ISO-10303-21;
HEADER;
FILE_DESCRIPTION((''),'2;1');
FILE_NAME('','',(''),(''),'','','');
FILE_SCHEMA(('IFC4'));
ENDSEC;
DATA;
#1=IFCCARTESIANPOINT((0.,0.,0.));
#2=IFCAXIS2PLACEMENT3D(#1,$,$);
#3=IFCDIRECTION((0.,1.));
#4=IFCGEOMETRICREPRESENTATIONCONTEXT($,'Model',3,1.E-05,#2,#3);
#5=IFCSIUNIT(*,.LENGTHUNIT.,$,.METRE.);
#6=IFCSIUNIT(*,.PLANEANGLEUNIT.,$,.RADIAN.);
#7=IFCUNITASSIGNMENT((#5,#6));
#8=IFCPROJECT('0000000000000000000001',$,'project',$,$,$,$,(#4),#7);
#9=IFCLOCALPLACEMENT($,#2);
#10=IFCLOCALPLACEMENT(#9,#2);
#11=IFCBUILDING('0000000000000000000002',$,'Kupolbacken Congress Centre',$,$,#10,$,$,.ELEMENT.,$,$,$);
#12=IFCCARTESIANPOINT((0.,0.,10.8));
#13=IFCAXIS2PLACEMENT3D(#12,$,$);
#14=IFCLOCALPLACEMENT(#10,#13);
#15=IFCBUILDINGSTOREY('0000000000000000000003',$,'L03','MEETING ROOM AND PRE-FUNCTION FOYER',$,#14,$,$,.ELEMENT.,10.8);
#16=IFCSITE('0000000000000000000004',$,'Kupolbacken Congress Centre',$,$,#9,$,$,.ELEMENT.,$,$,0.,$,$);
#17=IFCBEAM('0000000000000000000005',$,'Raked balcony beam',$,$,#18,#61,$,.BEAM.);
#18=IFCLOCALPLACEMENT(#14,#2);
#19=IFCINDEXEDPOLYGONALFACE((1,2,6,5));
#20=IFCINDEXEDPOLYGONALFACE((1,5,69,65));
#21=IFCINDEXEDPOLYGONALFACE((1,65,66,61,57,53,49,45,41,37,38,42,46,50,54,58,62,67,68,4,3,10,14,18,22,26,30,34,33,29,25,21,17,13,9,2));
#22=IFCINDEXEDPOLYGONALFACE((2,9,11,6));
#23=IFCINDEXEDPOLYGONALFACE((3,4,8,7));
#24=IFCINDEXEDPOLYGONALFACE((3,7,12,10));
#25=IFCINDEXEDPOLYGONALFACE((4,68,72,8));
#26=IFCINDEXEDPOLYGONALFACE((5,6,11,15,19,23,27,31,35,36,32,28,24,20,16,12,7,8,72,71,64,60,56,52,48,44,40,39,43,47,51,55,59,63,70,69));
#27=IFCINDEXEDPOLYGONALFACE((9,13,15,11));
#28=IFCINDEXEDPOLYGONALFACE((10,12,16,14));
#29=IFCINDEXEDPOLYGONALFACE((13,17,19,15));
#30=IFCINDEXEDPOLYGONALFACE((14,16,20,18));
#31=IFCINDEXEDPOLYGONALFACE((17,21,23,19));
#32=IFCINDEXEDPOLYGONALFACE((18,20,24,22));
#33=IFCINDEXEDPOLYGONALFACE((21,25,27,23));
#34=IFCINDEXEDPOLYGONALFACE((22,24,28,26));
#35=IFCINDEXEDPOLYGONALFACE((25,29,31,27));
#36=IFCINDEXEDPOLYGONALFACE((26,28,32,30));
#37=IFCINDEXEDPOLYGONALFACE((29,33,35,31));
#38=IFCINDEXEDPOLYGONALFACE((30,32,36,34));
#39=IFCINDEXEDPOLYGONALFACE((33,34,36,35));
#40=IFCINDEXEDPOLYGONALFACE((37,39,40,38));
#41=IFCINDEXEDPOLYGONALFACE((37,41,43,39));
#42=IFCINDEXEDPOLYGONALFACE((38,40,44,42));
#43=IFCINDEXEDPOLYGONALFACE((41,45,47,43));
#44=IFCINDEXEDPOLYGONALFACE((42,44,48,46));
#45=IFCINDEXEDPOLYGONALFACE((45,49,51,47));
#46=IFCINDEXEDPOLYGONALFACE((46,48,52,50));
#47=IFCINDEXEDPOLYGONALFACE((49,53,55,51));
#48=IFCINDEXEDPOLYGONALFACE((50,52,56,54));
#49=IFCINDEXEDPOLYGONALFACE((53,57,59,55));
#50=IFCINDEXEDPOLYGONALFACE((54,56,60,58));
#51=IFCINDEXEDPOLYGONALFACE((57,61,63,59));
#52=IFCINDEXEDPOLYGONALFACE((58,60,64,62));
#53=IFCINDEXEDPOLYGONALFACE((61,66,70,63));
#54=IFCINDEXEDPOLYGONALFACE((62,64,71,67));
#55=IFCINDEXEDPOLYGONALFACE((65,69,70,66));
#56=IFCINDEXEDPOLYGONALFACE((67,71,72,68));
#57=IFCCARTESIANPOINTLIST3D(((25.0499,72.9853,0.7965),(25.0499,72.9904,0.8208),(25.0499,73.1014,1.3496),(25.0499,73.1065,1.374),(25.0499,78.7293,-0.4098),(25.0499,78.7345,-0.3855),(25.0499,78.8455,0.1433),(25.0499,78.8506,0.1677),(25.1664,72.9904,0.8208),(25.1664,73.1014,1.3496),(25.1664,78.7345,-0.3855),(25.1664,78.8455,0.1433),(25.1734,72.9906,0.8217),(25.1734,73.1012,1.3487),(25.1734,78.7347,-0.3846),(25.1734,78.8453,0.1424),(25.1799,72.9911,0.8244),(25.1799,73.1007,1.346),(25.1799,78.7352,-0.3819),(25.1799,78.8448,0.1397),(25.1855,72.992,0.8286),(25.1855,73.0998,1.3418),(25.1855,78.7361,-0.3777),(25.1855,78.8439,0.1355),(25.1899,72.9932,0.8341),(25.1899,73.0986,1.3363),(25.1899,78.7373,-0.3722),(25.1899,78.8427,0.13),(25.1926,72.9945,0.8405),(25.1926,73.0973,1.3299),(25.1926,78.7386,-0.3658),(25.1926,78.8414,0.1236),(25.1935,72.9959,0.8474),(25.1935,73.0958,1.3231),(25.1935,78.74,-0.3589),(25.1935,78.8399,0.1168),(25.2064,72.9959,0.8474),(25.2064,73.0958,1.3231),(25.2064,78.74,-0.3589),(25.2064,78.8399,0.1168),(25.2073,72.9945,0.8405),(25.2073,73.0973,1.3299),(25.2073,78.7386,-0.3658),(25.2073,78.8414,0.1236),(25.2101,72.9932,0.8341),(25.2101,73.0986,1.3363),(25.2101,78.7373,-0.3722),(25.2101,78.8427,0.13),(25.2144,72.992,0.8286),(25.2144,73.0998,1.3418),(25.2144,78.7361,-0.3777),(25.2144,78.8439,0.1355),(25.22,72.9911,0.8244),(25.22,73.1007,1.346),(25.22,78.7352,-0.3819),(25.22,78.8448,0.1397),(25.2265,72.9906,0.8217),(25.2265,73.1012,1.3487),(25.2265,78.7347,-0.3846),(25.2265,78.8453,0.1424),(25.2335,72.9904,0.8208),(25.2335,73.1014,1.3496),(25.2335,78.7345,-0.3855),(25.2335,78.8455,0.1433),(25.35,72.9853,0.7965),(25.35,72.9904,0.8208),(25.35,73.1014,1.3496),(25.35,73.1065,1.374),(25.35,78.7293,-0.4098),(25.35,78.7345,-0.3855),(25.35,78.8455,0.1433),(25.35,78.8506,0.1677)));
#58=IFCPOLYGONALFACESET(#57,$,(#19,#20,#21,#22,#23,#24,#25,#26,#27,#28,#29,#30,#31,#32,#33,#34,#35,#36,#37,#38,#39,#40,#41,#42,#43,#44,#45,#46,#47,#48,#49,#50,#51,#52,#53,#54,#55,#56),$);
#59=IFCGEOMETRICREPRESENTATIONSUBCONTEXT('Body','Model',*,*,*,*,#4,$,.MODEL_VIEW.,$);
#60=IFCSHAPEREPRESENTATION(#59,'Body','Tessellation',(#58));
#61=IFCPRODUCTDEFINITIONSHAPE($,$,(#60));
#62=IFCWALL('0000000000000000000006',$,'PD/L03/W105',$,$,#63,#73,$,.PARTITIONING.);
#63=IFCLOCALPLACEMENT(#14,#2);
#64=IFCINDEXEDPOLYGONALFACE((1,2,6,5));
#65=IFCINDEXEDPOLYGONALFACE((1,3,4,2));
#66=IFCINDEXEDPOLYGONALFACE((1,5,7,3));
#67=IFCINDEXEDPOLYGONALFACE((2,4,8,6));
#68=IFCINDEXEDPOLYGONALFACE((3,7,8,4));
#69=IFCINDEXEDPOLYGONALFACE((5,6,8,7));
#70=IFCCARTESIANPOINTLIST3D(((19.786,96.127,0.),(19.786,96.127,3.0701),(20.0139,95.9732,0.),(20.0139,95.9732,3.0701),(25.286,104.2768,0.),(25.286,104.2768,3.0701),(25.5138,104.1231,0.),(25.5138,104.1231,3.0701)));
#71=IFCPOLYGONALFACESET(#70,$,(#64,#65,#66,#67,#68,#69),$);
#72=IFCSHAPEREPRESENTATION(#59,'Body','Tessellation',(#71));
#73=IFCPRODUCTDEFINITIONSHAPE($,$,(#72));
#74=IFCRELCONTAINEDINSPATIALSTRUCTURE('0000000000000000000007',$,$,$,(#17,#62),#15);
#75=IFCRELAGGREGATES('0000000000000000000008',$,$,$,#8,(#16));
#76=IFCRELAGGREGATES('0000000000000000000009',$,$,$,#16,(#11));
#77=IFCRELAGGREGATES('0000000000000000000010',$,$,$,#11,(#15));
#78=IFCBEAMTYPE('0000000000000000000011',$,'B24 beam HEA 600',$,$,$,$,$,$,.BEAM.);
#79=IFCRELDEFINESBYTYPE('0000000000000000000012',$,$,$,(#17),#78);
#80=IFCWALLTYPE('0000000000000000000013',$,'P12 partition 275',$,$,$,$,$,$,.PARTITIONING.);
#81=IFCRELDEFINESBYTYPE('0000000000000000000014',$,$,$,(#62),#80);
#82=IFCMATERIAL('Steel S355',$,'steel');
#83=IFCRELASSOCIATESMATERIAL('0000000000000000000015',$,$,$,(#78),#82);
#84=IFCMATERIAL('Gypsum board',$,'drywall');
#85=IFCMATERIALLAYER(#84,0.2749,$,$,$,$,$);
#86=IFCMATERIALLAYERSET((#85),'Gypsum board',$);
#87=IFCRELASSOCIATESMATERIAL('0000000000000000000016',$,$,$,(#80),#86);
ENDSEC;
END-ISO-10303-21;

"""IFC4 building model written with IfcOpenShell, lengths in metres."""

from ifc_helpers import new_model, si_unit, direction, frame, frame_2d, origin, origin_2d, place, context, subcontext, project, spatial, rectangle, i_section, extrude, material, layer, layer_set, material_profile, profile_set, type_object, element, save


model = new_model("IFC4")

# Units and contexts
model_context = context("Model", 3, precision=1e-05, world=origin(), true_north=direction((0.0, 1.0)))
body_context = subcontext(model_context, "Body", "Model", "MODEL_VIEW")
ifc_project = project(units=[si_unit("LENGTHUNIT", "METRE"), si_unit("PLANEANGLEUNIT", "RADIAN")], contexts=[model_context])

# Site, building, storey
site_placement = place(None, origin())
site = spatial("IfcSite", under=ifc_project, at=site_placement, Name="Kupolbacken Congress Centre", CompositionType="ELEMENT", RefElevation=0.0)
building_placement = place(site_placement, origin())
building = spatial("IfcBuilding", under=site, at=building_placement, Name="Kupolbacken Congress Centre", CompositionType="ELEMENT")
storey_placement = place(building_placement, frame((0.0, 0.0, 10.8)))
storey = spatial("IfcBuildingStorey", under=building, at=storey_placement, Name="L03", Description="MEETING ROOM AND PRE-FUNCTION FOYER", CompositionType="ELEMENT", Elevation=10.8)

# Beam
ifc_material_1 = material(Name="Steel S355", Category="steel")
ifc_material_profile_1 = material_profile(ifc_material_1, i_section(OverallWidth=0.3, OverallDepth=0.5901, WebThickness=0.0129, FlangeThickness=0.0249, FilletRadius=0.0271, at=origin_2d()), Name="HEA 600")
ifc_profile_set_1 = profile_set([ifc_material_profile_1], Name="Steel S355")
beam_type_1 = type_object("IfcBeamType", Name="B24 beam HEA 600", PredefinedType="BEAM", material=ifc_profile_set_1)
beam_1_placement = place(storey_placement, frame((25.2, 73.0459, 1.0852), z_axis=(0.0, 0.978652, -0.205522), x_axis=(-1.0, 0.0, 0.0)))
element("IfcBeam", 1, at=beam_1_placement, inside=storey, type_object=beam_type_1, Name="Raked balcony beam", PredefinedType="BEAM", context=body_context, shape_type="SweptSolid", body=[
    extrude(i_section(OverallWidth=0.3, OverallDepth=0.5901, WebThickness=0.0129, FlangeThickness=0.0249, FilletRadius=0.0271, at=origin_2d()), origin(), (0.0, 0.0, 1.0), 5.8694),
])

# Wall
ifc_material_2 = material(Name="Gypsum board", Category="drywall")
ifc_layer = layer(ifc_material_2, 0.2749)
ifc_layer_set = layer_set([ifc_layer], Name="Gypsum board")
wall_type = type_object("IfcWallType", Name="P12 partition 275", PredefinedType="PARTITIONING", material=ifc_layer_set)
wall_placement = place(storey_placement, frame((25.3999, 104.2, 0.0), z_axis=(0.0, 0.0, 1.0), x_axis=(-0.55939, -0.828905, 0.0)))
element("IfcWall", 2, at=wall_placement, inside=storey, type_object=wall_type, Name="PD/L03/W105", PredefinedType="PARTITIONING", context=body_context, shape_type="SweptSolid", body=[
    extrude(rectangle(XDim=9.832, YDim=0.2749, at=frame_2d((4.916, 0.0))), origin(), (0.0, 0.0, 1.0), 3.0701),
])

save(model, "model.ifc")
